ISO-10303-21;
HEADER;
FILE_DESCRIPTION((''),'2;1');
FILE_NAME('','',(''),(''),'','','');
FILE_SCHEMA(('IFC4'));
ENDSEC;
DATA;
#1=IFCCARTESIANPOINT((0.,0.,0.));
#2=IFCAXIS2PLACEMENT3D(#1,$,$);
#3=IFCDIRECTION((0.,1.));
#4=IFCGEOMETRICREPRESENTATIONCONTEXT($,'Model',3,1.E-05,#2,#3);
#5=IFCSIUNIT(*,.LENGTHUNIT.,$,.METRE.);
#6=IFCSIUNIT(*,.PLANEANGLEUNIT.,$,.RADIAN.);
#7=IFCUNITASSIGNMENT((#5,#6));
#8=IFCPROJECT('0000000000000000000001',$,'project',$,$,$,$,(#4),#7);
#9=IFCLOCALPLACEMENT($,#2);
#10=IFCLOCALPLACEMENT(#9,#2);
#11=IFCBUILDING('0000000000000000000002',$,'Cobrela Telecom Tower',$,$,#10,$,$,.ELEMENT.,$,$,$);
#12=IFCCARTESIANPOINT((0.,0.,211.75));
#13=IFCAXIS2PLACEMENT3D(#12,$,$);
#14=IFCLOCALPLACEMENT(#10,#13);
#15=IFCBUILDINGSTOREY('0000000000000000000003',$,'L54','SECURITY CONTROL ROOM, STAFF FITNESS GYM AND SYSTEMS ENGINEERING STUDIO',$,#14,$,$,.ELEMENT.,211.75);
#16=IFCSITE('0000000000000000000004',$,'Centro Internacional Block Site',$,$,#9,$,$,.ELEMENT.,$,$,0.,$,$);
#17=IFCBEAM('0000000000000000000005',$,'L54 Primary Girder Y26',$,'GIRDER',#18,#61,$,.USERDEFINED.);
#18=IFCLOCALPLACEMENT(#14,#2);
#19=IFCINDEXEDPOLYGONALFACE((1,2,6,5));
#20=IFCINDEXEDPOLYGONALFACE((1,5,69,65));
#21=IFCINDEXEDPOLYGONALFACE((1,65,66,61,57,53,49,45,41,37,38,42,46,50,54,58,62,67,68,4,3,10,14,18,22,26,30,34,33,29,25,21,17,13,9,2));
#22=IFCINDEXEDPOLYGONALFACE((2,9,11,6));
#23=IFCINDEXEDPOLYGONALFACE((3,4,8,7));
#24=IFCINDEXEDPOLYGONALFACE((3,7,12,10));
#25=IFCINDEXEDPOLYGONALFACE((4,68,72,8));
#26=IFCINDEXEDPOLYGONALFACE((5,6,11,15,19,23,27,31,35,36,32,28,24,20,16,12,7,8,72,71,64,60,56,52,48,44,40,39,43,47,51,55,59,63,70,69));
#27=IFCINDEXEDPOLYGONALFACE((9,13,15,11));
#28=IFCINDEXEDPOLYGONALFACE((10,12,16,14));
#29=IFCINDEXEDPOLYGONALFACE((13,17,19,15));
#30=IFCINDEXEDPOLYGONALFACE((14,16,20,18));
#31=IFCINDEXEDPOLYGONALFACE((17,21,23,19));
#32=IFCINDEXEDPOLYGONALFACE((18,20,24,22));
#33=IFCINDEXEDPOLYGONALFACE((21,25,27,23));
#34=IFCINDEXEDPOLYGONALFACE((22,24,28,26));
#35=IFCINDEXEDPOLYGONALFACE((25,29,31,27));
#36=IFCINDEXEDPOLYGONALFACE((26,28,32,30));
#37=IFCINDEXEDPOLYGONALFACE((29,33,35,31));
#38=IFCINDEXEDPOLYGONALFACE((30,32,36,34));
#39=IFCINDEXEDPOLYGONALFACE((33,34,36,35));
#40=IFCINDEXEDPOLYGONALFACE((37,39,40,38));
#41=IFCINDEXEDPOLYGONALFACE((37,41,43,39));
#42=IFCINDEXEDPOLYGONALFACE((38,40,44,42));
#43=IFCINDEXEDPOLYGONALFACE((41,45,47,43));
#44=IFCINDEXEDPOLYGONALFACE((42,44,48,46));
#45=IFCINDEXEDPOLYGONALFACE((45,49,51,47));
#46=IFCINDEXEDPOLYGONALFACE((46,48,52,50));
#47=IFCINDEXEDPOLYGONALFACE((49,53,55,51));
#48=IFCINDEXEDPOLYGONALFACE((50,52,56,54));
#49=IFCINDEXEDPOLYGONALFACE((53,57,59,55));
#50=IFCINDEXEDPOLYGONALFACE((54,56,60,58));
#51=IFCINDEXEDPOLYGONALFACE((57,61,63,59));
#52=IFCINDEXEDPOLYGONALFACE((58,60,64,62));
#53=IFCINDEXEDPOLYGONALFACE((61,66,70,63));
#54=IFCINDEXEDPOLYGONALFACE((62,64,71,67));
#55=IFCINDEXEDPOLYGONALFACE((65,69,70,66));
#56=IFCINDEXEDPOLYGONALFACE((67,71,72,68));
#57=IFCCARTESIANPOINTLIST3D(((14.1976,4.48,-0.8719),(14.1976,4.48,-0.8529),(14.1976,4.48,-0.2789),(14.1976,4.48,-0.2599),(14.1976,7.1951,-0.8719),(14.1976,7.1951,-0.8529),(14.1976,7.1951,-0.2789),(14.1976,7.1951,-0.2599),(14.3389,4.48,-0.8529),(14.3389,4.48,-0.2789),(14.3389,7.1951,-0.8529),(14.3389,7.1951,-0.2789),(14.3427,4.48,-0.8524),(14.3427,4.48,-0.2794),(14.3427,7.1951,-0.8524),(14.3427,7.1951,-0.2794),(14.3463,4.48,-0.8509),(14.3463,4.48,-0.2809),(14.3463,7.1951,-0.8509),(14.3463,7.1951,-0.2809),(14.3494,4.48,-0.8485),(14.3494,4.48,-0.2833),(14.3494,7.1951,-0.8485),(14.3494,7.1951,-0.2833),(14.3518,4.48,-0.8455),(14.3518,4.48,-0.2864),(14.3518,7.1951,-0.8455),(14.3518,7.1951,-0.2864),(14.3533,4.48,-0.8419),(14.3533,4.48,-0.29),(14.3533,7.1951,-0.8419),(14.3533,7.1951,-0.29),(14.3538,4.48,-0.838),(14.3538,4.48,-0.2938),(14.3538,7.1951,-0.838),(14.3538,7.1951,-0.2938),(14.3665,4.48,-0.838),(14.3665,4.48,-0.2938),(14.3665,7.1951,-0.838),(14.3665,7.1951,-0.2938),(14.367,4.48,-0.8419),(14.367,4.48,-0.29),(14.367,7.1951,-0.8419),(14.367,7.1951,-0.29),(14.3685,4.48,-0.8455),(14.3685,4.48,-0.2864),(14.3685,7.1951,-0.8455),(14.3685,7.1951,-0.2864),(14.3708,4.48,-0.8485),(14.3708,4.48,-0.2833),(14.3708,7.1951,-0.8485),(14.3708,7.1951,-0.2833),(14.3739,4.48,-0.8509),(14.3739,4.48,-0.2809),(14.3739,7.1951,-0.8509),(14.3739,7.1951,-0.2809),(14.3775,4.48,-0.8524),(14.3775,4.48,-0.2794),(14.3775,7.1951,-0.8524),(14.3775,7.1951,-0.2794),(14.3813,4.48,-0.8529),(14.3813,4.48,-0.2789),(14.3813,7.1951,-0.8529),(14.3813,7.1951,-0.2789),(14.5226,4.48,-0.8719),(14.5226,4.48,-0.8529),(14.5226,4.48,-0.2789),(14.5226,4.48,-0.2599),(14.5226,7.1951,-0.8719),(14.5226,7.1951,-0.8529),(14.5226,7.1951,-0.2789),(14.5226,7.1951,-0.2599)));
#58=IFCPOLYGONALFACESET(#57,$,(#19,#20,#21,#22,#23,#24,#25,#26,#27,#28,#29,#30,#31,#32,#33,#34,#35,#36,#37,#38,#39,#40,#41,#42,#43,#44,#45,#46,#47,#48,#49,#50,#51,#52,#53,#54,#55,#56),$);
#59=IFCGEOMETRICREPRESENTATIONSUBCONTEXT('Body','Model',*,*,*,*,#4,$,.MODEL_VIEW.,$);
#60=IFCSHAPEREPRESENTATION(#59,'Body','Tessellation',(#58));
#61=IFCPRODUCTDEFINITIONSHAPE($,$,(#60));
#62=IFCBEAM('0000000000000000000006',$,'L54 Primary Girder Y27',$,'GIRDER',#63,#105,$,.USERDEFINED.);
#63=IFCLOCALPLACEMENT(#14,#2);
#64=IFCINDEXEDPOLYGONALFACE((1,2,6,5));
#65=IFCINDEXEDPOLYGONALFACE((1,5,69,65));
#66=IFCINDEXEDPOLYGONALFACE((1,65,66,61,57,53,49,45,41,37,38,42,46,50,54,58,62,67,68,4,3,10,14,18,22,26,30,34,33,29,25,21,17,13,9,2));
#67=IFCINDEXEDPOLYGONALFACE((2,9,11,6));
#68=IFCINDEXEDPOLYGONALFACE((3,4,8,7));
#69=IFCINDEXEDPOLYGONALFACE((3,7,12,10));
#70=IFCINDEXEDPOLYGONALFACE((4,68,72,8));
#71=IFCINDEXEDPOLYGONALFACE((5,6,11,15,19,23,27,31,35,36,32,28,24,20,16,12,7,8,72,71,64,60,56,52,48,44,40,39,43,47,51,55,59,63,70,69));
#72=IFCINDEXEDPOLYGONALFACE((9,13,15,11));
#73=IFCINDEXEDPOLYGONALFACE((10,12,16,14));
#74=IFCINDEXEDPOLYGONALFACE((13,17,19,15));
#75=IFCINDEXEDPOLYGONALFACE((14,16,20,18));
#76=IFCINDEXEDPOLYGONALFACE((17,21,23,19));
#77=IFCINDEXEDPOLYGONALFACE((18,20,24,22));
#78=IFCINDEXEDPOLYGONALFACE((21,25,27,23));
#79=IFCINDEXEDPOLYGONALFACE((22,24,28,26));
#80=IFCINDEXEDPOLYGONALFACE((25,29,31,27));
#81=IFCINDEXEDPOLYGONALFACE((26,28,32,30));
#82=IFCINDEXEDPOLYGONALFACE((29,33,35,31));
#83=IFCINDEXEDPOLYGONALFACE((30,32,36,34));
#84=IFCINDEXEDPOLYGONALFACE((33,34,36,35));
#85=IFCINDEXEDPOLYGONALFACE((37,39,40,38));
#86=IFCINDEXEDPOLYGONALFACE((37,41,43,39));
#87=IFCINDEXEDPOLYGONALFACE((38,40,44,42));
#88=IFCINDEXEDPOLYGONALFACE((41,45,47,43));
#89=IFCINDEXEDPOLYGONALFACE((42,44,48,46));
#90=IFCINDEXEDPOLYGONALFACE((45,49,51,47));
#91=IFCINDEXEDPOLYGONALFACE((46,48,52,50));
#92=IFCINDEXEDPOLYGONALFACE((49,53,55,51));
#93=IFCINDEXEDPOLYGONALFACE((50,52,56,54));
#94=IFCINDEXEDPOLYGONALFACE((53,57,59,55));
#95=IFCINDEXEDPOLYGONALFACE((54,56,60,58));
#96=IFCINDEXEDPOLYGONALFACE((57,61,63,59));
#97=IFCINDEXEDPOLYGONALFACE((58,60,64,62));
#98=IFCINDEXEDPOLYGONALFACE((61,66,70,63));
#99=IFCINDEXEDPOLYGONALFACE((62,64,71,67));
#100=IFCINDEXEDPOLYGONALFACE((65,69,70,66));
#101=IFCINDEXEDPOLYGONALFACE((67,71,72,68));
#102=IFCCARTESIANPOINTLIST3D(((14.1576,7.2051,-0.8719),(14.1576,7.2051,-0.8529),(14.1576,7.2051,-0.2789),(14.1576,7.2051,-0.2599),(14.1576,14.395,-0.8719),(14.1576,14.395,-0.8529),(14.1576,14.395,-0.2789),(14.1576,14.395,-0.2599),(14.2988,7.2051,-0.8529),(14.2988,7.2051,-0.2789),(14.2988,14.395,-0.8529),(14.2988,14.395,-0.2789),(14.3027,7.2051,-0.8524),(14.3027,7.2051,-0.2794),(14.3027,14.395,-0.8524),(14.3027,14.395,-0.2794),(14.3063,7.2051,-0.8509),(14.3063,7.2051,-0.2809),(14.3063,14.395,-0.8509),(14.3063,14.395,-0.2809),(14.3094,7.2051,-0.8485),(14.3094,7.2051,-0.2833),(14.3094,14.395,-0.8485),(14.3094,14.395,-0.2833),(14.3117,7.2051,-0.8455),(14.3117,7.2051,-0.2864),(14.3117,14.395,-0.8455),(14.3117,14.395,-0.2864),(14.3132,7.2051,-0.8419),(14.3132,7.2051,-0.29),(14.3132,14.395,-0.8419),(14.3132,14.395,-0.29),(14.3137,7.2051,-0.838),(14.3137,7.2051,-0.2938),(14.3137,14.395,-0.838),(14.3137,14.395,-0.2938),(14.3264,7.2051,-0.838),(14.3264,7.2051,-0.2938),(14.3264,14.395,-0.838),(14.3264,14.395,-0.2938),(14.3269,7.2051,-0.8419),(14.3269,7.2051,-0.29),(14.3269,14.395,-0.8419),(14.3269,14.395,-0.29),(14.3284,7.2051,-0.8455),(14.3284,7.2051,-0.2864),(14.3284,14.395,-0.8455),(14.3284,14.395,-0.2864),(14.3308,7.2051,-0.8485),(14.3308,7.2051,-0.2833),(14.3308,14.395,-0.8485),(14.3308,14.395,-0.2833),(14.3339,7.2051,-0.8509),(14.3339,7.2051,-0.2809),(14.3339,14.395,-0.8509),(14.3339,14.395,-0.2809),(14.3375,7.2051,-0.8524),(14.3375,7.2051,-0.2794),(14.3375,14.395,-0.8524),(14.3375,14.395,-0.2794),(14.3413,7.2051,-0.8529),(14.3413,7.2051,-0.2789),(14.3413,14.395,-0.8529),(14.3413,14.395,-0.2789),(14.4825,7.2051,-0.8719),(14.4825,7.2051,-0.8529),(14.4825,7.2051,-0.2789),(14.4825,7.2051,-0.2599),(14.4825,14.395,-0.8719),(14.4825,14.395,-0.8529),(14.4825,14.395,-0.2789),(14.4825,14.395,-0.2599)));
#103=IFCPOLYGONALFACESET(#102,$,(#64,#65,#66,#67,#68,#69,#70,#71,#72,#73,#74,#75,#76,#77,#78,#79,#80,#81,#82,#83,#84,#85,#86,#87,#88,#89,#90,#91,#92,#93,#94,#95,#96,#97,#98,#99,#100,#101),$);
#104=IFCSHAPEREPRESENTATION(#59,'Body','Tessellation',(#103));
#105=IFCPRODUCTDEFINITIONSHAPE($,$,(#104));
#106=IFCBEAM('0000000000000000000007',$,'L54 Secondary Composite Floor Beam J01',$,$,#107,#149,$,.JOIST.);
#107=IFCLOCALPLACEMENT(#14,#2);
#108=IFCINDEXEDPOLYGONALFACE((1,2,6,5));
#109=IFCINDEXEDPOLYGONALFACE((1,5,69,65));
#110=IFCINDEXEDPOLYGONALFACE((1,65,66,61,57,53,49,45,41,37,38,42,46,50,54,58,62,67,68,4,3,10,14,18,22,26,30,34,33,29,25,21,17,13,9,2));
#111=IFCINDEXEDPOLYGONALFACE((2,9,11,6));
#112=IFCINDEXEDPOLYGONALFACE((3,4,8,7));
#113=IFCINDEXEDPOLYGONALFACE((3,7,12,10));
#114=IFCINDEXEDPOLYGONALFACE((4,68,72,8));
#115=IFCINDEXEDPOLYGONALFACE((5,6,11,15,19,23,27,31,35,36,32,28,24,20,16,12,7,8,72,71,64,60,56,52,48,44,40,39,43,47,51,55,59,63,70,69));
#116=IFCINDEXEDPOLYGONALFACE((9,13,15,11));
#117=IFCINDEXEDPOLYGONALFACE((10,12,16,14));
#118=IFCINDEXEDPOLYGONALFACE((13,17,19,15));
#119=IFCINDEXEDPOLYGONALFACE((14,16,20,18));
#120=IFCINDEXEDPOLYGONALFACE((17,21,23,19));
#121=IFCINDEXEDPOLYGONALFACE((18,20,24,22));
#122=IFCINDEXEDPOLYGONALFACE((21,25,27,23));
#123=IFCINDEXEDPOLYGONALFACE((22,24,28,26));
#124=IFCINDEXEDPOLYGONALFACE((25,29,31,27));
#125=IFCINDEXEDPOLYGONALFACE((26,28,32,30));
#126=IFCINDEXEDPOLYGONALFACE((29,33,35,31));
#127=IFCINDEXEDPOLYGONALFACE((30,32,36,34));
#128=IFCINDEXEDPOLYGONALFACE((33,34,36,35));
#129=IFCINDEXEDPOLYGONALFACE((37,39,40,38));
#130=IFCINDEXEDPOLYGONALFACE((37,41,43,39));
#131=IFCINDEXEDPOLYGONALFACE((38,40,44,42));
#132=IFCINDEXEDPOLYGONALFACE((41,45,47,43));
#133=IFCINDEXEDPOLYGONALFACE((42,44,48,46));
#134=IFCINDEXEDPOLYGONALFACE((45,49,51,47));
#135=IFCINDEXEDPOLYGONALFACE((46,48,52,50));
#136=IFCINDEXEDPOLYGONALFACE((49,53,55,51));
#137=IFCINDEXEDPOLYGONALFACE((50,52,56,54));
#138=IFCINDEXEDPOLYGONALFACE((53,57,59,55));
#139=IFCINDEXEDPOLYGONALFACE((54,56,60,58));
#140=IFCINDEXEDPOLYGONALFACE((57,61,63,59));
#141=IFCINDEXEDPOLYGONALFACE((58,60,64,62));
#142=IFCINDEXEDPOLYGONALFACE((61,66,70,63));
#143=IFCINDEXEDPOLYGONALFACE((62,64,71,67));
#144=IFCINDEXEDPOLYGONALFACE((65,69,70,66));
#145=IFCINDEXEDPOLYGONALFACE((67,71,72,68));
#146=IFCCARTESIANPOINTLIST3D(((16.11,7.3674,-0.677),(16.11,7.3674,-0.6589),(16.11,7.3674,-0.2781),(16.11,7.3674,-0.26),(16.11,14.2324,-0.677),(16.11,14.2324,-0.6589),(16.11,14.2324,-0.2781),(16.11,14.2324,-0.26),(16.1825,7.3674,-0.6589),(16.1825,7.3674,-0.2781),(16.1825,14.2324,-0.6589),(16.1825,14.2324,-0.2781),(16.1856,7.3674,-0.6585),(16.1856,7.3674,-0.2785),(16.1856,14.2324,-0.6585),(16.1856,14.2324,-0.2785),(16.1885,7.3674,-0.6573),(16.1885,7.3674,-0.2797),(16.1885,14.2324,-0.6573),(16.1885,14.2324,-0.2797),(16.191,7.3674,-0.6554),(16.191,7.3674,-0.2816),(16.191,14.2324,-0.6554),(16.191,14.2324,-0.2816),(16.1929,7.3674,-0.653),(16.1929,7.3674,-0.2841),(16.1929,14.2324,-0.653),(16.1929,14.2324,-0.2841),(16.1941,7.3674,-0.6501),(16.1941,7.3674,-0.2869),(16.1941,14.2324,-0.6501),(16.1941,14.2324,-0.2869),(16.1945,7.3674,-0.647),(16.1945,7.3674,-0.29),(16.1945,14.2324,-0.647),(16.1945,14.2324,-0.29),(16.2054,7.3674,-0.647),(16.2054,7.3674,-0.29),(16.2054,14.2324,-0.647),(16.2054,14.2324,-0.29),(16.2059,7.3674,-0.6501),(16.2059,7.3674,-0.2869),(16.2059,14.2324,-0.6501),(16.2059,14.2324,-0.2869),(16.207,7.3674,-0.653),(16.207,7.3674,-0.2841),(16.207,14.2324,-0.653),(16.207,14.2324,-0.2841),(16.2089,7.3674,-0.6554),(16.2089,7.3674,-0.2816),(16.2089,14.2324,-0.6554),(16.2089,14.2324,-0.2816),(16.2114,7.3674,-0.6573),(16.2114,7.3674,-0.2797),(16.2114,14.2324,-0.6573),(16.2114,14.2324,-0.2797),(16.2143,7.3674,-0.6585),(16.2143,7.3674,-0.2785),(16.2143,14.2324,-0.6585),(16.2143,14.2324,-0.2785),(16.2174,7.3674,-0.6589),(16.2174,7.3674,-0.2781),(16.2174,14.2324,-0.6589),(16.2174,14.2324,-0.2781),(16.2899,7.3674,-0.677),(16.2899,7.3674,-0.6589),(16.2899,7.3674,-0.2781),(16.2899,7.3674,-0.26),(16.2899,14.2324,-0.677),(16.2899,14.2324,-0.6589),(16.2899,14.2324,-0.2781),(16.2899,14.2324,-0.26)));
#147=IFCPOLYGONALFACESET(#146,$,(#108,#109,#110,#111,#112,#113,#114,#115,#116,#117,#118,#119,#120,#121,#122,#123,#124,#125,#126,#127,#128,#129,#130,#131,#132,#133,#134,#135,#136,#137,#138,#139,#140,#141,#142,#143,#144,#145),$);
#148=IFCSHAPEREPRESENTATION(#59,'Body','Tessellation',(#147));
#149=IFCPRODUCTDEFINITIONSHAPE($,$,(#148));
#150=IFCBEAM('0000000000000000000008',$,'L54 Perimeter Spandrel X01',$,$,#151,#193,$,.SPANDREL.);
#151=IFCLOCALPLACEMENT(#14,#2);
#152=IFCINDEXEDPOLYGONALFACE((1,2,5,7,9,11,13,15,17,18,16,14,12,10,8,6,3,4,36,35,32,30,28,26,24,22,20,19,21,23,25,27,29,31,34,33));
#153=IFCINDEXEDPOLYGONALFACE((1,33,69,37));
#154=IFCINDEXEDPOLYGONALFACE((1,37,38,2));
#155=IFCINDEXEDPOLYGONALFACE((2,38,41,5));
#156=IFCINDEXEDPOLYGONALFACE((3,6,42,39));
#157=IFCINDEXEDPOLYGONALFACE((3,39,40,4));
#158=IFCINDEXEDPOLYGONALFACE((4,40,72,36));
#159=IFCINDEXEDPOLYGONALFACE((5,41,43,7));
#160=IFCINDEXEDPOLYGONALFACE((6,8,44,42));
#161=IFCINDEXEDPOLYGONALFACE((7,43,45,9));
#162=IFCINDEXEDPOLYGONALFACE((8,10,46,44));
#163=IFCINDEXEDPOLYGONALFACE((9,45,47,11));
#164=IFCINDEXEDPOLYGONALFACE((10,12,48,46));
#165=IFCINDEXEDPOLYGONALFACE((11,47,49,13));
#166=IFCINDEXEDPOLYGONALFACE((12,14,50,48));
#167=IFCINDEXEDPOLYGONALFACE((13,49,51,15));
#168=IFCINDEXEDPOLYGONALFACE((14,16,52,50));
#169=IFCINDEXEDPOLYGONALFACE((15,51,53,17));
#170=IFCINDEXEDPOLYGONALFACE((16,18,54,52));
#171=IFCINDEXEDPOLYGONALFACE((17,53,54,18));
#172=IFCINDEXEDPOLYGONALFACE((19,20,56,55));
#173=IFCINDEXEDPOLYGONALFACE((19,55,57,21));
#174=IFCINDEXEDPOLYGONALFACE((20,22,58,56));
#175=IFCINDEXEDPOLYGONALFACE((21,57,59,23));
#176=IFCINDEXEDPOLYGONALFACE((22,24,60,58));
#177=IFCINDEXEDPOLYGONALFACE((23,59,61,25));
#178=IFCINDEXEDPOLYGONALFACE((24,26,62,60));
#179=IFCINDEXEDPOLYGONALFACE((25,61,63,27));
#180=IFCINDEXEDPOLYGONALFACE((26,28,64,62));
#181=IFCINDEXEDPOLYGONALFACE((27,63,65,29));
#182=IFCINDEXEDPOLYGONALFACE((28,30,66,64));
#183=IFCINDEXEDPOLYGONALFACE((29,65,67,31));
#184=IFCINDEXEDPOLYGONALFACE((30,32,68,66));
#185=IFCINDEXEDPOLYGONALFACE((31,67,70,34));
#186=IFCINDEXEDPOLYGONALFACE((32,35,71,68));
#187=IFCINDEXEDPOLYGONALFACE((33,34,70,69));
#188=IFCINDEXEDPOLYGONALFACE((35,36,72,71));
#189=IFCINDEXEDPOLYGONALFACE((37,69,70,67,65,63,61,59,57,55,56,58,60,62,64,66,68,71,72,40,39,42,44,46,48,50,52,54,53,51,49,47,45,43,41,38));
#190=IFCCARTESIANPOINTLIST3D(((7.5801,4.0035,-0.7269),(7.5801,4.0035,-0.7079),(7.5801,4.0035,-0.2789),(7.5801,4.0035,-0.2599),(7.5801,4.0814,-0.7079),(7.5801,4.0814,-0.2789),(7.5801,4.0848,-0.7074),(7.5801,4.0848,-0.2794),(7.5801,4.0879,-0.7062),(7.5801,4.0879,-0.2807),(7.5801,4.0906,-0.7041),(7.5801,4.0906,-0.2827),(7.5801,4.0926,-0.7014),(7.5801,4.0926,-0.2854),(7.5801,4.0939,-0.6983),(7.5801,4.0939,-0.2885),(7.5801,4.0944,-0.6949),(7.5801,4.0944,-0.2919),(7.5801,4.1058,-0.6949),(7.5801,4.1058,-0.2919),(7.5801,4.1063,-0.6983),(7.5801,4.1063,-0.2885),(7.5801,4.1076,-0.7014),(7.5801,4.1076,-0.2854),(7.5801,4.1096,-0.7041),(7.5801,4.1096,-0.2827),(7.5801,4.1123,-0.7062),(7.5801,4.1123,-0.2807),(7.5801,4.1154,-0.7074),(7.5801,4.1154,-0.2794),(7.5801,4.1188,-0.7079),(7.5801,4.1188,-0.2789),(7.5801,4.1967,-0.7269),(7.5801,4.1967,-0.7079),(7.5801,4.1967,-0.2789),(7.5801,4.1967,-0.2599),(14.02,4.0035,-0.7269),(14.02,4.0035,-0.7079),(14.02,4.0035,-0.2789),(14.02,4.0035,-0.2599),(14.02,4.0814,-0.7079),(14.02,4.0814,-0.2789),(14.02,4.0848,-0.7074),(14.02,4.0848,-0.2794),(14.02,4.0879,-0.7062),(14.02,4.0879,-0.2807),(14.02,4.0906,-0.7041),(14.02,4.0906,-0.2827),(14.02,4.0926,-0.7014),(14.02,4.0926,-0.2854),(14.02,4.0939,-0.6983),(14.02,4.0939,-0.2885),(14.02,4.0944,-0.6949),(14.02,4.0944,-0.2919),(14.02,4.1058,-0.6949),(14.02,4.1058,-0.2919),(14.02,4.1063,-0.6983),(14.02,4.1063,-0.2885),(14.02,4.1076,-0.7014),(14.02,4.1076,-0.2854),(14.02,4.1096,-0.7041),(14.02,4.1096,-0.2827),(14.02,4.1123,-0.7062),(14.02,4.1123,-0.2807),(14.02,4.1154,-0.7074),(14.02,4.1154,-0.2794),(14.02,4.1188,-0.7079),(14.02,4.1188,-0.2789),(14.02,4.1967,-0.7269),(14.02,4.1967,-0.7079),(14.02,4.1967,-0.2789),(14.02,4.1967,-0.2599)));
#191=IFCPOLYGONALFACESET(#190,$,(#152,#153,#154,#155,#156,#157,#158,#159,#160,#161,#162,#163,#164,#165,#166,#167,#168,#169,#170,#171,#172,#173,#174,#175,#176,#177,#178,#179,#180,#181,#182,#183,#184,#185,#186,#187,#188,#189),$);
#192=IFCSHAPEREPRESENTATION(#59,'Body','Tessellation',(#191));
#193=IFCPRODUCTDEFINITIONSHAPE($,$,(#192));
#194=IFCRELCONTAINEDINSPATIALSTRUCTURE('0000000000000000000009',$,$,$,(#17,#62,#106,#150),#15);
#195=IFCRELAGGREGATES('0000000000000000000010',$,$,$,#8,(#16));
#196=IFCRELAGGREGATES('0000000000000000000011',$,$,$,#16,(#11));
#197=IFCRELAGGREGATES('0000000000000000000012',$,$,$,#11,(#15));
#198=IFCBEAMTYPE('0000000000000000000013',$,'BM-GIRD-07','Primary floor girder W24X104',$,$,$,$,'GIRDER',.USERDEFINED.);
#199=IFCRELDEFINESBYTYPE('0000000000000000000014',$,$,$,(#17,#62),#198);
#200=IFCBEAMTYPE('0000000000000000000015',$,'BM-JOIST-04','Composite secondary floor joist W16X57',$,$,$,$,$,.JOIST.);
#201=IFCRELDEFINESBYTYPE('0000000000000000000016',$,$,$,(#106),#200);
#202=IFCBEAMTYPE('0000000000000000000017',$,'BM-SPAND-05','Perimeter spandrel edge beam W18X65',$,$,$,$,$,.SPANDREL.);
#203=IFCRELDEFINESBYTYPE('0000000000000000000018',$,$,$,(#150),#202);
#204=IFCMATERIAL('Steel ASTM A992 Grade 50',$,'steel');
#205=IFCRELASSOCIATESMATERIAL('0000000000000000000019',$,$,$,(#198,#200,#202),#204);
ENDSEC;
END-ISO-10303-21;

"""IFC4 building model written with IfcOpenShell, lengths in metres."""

from ifc_helpers import new_model, si_unit, direction, frame, origin, origin_2d, place, context, subcontext, project, spatial, i_section, extrude, material, material_profile, profile_set, type_object, element, save


model = new_model("IFC4")

# Units and contexts
model_context = context("Model", 3, precision=1e-05, world=origin(), true_north=direction((0.0, 1.0)))
body_context = subcontext(model_context, "Body", "Model", "MODEL_VIEW")
ifc_project = project(units=[si_unit("LENGTHUNIT", "METRE"), si_unit("PLANEANGLEUNIT", "RADIAN")], contexts=[model_context])

# Site, building, storey
site_placement = place(None, origin())
site = spatial("IfcSite", under=ifc_project, at=site_placement, Name="Centro Internacional Block Site", CompositionType="ELEMENT", RefElevation=0.0)
building_placement = place(site_placement, origin())
building = spatial("IfcBuilding", under=site, at=building_placement, Name="Cobrela Telecom Tower", CompositionType="ELEMENT")
storey_placement = place(building_placement, frame((0.0, 0.0, 211.75)))
storey = spatial("IfcBuildingStorey", under=building, at=storey_placement, Name="L54", Description="SECURITY CONTROL ROOM, STAFF FITNESS GYM AND SYSTEMS ENGINEERING STUDIO", CompositionType="ELEMENT", Elevation=211.75)

# Beams
ifc_material_1 = material(Name="Steel ASTM A992 Grade 50", Category="steel")
ifc_material_profile_1 = material_profile(ifc_material_1, i_section(OverallWidth=0.325, OverallDepth=0.6121, WebThickness=0.0127, FlangeThickness=0.019, FilletRadius=0.0149, at=origin_2d()), Name="W24X104")
ifc_profile_set_1 = profile_set([ifc_material_profile_1], Name="Steel ASTM A992 Grade 50")
beam_type_1 = type_object("IfcBeamType", Name="BM-GIRD-07", Description="Primary floor girder W24X104", ElementType="GIRDER", PredefinedType="USERDEFINED", material=ifc_profile_set_1)
beam_1_placement = place(storey_placement, frame((14.3601, 4.48, -0.5659), z_axis=(0.0, 1.0, 0.0), x_axis=(-1.0, 0.0, 0.0)))
element("IfcBeam", 1, at=beam_1_placement, inside=storey, type_object=beam_type_1, Name="L54 Primary Girder Y26", ObjectType="GIRDER", PredefinedType="USERDEFINED", context=body_context, shape_type="SweptSolid", body=[
    extrude(i_section(OverallWidth=0.325, OverallDepth=0.6121, WebThickness=0.0127, FlangeThickness=0.019, FilletRadius=0.0149, at=origin_2d()), origin(), (0.0, 0.0, 1.0), 2.7151),
])
beam_2_placement = place(storey_placement, frame((14.3201, 7.2051, -0.5659), z_axis=(0.0, 1.0, 0.0), x_axis=(-1.0, 0.0, 0.0)))
element("IfcBeam", 2, at=beam_2_placement, inside=storey, type_object=beam_type_1, Name="L54 Primary Girder Y27", ObjectType="GIRDER", PredefinedType="USERDEFINED", context=body_context, shape_type="SweptSolid", body=[
    extrude(i_section(OverallWidth=0.325, OverallDepth=0.6121, WebThickness=0.0127, FlangeThickness=0.019, FilletRadius=0.0149, at=origin_2d()), origin(), (0.0, 0.0, 1.0), 7.1899),
])
ifc_material_profile_2 = material_profile(ifc_material_1, i_section(OverallWidth=0.1799, OverallDepth=0.417, WebThickness=0.011, FlangeThickness=0.0181, FilletRadius=0.012, at=origin_2d()), Name="W16X57")
ifc_profile_set_2 = profile_set([ifc_material_profile_2], Name="Steel ASTM A992 Grade 50")
beam_type_2 = type_object("IfcBeamType", Name="BM-JOIST-04", Description="Composite secondary floor joist W16X57", PredefinedType="JOIST", material=ifc_profile_set_2)
beam_3_placement = place(storey_placement, frame((16.2, 7.3674, -0.4685), z_axis=(0.0, 1.0, 0.0), x_axis=(-1.0, 0.0, 0.0)))
element("IfcBeam", 3, at=beam_3_placement, inside=storey, type_object=beam_type_2, Name="L54 Secondary Composite Floor Beam J01", PredefinedType="JOIST", context=body_context, shape_type="SweptSolid", body=[
    extrude(i_section(OverallWidth=0.1799, OverallDepth=0.417, WebThickness=0.011, FlangeThickness=0.0181, FilletRadius=0.012, at=origin_2d()), origin(), (0.0, 0.0, 1.0), 6.865),
])
ifc_material_profile_3 = material_profile(ifc_material_1, i_section(OverallWidth=0.1931, OverallDepth=0.467, WebThickness=0.0115, FlangeThickness=0.019, FilletRadius=0.0129, at=origin_2d()), Name="W18X65")
ifc_profile_set_3 = profile_set([ifc_material_profile_3], Name="Steel ASTM A992 Grade 50")
beam_type_3 = type_object("IfcBeamType", Name="BM-SPAND-05", Description="Perimeter spandrel edge beam W18X65", PredefinedType="SPANDREL", material=ifc_profile_set_3)
for number, where, z_axis, x_axis, name in (
    (4, (7.5801, 4.1001, -0.4934), (1.0, 0.0, 0.0), (0.0, 1.0, 0.0), "L54 Perimeter Spandrel X01"),
):
    element("IfcBeam", number, at=place(storey_placement, frame(where, z_axis=z_axis, x_axis=x_axis)), inside=storey, type_object=beam_type_3, Name=name, PredefinedType="SPANDREL", context=body_context, shape_type="SweptSolid", body=[
        extrude(i_section(OverallWidth=0.1931, OverallDepth=0.467, WebThickness=0.0115, FlangeThickness=0.019, FilletRadius=0.0129, at=origin_2d()), origin(), (0.0, 0.0, 1.0), 6.4399),
    ])

save(model, "model.ifc")
